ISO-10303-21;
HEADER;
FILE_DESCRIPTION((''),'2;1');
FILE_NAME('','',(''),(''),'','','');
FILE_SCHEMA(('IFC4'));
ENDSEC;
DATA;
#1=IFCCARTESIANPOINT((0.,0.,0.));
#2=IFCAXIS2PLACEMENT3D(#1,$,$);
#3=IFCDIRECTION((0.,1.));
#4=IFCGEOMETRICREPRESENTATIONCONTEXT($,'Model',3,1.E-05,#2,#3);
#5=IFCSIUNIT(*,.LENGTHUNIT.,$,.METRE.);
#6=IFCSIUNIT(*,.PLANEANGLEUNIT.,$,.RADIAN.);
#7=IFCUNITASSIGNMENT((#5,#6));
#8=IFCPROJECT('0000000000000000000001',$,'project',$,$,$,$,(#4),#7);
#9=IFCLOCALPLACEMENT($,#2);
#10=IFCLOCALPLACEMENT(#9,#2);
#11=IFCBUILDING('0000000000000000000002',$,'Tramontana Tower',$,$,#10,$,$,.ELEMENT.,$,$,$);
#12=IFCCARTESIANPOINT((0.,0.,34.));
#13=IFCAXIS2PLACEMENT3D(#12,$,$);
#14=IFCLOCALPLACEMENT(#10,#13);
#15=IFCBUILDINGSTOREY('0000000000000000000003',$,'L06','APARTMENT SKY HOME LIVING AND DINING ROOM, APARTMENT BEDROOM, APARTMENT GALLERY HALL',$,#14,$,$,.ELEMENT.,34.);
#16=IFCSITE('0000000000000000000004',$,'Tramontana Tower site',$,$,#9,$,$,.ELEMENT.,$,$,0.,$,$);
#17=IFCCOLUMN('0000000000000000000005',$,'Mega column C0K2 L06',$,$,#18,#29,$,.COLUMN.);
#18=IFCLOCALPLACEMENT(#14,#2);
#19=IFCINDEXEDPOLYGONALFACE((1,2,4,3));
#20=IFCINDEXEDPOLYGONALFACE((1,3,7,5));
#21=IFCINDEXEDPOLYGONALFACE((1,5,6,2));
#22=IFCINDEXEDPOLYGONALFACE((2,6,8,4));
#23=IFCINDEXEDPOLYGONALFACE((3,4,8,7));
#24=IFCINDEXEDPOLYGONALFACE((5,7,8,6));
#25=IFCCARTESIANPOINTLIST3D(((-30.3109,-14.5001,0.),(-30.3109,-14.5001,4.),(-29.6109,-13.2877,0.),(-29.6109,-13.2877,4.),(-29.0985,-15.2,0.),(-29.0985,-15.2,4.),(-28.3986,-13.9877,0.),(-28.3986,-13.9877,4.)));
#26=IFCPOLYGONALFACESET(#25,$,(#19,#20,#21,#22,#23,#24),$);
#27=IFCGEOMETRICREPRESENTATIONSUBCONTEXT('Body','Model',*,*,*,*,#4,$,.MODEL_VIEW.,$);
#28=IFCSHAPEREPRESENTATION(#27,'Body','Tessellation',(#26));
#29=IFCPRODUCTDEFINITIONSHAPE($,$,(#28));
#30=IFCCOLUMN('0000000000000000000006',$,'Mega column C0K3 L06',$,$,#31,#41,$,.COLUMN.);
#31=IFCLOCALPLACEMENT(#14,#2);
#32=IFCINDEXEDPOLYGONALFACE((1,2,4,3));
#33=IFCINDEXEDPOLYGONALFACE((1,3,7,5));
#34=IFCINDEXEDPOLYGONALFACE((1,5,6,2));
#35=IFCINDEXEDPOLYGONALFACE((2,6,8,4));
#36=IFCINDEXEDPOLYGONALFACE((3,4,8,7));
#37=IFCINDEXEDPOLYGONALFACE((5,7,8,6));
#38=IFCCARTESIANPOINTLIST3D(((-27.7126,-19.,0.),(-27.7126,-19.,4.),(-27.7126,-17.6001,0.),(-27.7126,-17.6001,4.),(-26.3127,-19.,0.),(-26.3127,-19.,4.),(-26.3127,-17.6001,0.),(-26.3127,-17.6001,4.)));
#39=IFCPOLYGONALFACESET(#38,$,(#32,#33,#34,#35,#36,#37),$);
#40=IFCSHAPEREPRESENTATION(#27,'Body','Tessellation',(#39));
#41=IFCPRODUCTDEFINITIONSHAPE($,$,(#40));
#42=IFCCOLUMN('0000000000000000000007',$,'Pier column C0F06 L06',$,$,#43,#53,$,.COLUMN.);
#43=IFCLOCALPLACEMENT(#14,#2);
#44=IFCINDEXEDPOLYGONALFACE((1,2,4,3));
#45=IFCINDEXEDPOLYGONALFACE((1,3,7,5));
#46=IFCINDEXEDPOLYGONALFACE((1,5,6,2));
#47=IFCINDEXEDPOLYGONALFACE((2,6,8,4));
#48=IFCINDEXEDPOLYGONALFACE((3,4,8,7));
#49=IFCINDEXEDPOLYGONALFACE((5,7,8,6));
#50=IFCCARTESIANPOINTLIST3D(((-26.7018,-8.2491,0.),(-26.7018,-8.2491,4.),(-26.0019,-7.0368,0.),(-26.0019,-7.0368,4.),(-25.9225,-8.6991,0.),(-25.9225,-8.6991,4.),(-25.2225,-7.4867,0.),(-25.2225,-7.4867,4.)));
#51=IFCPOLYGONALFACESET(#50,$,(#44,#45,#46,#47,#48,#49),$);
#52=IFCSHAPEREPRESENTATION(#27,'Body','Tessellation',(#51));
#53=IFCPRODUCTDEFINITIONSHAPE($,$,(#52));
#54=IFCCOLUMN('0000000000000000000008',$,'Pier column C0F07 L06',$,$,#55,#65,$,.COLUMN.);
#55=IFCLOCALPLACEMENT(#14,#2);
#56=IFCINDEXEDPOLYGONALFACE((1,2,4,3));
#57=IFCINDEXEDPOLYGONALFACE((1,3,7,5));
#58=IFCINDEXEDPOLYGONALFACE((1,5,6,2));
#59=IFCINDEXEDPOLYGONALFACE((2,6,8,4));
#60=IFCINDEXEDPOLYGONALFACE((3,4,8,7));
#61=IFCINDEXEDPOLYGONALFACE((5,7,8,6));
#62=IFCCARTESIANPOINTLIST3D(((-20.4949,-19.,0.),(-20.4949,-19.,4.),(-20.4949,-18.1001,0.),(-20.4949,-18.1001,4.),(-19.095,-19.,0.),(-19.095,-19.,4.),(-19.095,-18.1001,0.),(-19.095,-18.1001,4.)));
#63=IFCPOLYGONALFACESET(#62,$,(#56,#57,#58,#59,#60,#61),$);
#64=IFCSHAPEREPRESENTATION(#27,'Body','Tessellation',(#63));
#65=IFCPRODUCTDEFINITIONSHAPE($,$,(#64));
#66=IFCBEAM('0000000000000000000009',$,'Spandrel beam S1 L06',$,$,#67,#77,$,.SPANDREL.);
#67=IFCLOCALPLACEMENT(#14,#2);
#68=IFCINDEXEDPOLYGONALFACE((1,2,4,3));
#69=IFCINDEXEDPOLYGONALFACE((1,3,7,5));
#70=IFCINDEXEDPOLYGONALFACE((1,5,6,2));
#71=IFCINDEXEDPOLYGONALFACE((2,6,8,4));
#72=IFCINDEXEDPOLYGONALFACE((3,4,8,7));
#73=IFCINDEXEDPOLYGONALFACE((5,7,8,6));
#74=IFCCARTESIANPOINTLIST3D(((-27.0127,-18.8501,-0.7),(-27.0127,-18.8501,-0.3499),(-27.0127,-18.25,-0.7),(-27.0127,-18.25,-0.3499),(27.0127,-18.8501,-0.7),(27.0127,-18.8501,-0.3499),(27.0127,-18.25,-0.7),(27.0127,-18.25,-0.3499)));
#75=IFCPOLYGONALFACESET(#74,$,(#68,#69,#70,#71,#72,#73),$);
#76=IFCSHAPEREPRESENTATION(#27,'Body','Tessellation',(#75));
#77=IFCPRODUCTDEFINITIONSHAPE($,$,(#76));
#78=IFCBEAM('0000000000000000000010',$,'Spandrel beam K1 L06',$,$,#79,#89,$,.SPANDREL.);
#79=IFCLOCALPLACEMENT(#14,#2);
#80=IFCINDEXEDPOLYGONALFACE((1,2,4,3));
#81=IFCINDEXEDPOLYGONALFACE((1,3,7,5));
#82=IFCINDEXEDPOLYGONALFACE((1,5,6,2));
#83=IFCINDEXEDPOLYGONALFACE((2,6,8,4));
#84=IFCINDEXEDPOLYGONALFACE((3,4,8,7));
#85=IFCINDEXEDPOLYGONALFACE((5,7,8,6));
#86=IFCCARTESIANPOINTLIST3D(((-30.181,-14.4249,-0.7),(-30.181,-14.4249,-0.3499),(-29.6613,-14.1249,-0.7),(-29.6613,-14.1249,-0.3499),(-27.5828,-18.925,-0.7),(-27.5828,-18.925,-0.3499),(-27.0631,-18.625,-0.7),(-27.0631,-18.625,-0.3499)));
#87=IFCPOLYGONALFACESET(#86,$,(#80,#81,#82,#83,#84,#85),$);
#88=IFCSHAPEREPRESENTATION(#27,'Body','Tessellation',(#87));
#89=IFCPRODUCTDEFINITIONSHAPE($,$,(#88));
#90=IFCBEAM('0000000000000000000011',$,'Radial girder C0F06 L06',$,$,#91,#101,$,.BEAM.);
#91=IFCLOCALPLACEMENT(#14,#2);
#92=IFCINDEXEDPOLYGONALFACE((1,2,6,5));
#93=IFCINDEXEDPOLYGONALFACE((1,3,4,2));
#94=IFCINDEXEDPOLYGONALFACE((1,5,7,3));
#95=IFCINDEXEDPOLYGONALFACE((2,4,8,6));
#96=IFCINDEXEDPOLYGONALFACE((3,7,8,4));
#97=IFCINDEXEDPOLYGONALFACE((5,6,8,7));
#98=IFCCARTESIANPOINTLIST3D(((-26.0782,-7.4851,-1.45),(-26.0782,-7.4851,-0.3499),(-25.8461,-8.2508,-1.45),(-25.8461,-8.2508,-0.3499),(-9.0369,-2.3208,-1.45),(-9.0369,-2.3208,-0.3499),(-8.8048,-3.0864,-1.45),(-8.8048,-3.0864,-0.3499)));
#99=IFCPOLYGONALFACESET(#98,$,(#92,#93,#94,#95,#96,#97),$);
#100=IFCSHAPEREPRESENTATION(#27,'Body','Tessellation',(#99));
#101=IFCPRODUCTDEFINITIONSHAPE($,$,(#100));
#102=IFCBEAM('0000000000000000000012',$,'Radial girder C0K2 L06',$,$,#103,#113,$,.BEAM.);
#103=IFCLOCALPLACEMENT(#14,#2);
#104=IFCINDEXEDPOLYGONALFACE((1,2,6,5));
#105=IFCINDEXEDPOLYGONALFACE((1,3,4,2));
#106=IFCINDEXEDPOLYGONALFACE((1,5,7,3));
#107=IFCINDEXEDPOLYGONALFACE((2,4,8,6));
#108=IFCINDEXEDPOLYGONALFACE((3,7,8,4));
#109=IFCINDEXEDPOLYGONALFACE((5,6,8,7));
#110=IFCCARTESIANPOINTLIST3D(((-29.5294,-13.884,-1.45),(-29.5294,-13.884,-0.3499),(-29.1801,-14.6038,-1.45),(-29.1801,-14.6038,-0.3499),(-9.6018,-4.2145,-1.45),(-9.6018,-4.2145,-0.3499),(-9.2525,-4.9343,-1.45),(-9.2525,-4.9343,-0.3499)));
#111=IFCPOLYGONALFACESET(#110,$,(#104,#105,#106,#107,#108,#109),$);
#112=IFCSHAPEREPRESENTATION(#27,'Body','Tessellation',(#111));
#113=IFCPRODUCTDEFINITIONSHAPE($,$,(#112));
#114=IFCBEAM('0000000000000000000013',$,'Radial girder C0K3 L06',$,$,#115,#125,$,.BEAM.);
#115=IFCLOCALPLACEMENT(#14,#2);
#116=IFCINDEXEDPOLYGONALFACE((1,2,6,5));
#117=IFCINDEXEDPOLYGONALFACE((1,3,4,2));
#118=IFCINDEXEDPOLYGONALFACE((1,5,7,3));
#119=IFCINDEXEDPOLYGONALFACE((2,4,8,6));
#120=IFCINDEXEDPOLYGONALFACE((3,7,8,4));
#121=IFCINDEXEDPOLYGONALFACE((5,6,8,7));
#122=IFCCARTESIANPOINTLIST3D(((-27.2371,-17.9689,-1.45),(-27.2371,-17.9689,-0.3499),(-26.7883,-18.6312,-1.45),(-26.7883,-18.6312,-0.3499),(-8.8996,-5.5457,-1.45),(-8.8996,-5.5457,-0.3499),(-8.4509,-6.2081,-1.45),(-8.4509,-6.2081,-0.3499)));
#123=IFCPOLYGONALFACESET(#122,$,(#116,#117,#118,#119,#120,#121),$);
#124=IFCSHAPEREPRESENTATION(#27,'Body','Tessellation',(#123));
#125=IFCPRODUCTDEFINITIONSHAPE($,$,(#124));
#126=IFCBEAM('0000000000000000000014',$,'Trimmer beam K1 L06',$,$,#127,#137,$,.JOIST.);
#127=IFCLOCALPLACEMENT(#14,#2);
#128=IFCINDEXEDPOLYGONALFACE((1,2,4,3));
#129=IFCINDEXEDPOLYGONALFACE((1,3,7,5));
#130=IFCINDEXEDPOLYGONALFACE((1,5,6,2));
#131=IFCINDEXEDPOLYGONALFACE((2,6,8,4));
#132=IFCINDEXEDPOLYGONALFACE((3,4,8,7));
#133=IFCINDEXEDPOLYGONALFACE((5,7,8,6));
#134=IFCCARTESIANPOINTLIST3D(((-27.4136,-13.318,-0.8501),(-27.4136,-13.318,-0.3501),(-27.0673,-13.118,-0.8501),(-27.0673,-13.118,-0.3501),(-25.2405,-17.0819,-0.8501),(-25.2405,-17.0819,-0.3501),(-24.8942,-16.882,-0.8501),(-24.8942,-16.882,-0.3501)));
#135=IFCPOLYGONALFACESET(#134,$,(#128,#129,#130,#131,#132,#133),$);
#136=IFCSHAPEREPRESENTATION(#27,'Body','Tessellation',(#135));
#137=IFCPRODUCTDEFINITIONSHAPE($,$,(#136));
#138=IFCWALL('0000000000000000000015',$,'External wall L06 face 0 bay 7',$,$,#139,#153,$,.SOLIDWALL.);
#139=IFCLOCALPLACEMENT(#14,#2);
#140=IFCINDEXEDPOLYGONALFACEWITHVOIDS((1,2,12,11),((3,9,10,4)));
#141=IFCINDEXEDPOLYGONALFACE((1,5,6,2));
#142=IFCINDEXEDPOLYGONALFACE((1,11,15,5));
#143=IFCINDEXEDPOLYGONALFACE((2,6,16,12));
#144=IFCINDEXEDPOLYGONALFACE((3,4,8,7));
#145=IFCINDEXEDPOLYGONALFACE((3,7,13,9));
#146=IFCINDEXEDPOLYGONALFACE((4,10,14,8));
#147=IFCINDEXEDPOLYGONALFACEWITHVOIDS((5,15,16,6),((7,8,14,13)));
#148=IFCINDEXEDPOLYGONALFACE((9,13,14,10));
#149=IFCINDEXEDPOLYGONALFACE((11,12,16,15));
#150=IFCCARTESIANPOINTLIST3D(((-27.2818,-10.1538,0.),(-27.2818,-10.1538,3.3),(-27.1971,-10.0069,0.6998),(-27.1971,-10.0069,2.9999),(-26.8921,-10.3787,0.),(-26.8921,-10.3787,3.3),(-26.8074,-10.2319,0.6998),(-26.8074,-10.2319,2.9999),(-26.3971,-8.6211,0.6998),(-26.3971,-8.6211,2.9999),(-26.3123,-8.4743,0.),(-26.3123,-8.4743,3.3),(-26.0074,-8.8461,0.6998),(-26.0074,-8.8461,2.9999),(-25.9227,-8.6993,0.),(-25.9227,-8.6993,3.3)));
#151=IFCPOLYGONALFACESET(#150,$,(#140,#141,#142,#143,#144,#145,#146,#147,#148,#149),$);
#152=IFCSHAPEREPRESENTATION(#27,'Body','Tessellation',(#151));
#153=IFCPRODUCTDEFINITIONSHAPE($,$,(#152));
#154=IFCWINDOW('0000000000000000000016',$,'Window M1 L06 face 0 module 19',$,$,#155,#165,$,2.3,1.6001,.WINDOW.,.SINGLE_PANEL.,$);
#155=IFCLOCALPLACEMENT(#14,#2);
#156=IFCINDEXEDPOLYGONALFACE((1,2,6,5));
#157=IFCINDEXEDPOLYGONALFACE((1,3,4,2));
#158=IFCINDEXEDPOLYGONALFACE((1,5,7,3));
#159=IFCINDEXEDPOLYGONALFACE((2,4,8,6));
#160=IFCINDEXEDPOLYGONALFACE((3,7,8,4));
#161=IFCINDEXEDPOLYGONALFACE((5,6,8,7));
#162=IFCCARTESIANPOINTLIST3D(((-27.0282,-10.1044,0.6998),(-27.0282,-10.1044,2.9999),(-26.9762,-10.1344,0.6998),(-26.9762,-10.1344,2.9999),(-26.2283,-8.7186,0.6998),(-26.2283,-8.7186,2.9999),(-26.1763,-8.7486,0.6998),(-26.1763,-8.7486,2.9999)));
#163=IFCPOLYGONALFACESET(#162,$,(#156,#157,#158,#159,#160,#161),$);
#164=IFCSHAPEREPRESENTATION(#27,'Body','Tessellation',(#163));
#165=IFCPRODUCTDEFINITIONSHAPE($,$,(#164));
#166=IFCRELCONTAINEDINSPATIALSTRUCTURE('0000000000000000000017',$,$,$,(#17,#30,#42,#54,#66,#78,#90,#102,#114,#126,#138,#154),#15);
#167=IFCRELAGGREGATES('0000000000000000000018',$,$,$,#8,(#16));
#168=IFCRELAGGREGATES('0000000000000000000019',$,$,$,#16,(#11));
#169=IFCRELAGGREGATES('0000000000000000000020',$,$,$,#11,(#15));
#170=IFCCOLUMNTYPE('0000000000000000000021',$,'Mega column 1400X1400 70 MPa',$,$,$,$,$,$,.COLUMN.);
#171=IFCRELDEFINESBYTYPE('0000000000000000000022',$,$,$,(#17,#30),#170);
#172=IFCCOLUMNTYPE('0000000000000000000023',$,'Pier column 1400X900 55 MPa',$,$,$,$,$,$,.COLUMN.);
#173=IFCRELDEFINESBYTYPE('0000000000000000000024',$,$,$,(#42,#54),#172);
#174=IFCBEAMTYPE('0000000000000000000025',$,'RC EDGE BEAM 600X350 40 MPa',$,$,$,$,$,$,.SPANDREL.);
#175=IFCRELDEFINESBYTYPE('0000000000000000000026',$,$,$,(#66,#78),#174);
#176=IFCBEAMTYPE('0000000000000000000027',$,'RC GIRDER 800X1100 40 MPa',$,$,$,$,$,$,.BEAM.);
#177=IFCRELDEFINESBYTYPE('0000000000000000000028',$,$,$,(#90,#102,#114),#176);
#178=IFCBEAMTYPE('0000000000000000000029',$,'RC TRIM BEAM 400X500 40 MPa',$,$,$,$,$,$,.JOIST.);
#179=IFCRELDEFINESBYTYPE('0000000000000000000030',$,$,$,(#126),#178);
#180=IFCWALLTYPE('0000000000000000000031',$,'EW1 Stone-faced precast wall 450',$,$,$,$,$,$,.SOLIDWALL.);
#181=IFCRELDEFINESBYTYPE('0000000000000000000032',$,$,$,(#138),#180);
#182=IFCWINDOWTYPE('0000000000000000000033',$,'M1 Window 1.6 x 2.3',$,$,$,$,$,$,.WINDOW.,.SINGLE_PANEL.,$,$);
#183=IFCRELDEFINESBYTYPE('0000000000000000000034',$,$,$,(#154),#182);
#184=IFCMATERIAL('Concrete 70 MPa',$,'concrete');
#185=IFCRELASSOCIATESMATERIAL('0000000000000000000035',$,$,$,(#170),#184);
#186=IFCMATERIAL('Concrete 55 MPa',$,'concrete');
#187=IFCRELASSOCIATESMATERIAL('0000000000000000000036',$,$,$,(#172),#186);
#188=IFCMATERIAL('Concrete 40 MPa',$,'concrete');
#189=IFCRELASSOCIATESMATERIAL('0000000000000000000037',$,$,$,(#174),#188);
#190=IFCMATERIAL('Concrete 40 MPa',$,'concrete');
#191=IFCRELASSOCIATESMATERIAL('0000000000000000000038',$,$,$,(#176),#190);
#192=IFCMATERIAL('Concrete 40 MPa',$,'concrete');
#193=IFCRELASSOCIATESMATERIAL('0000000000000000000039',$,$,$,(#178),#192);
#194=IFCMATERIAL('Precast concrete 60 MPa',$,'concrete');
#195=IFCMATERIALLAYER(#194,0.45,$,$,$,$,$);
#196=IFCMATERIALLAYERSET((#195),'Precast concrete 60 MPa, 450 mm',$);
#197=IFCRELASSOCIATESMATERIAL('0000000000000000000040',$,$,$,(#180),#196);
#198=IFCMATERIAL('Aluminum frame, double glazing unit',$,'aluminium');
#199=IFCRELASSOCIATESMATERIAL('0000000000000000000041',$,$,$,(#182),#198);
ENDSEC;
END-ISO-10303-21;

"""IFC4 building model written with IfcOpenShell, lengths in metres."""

from ifc_helpers import new_model, si_unit, direction, frame, frame_2d, origin, origin_2d, place, context, subcontext, project, spatial, rectangle, extrude, material, layer, layer_set, material_profile, profile_set, type_object, element, fill, save


model = new_model("IFC4")

# Units and contexts
model_context = context("Model", 3, precision=1e-05, world=origin(), true_north=direction((0.0, 1.0)))
body_context = subcontext(model_context, "Body", "Model", "MODEL_VIEW")
ifc_project = project(units=[si_unit("LENGTHUNIT", "METRE"), si_unit("PLANEANGLEUNIT", "RADIAN")], contexts=[model_context])

# Site, building, storey
site_placement = place(None, origin())
site = spatial("IfcSite", under=ifc_project, at=site_placement, Name="Tramontana Tower site", CompositionType="ELEMENT", RefElevation=0.0)
building_placement = place(site_placement, origin())
building = spatial("IfcBuilding", under=site, at=building_placement, Name="Tramontana Tower", CompositionType="ELEMENT")
storey_placement = place(building_placement, frame((0.0, 0.0, 34.0)))
storey = spatial("IfcBuildingStorey", under=building, at=storey_placement, Name="L06", Description="APARTMENT SKY HOME LIVING AND DINING ROOM, APARTMENT BEDROOM, APARTMENT GALLERY HALL", CompositionType="ELEMENT", Elevation=34.0)

# Columns
ifc_material_1 = material(Name="Concrete 70 MPa", Category="concrete")
ifc_material_profile_1 = material_profile(ifc_material_1, rectangle(XDim=1.3999, YDim=1.3999, at=origin_2d()), Name="Mega column 1400X1400 70 MPa")
ifc_profile_set_1 = profile_set([ifc_material_profile_1], Name="Concrete 70 MPa")
column_type_1 = type_object("IfcColumnType", Name="Mega column 1400X1400 70 MPa", PredefinedType="COLUMN", material=ifc_profile_set_1)
for number, where, z_axis, x_axis, name in (
    (1, (-29.3547, -14.2439, 0.0), (0.0, 0.0, 1.0), (-0.5, -0.866025, 0.0), "Mega column C0K2 L06"),
    (2, (-27.0127, -18.3, 0.0), (0.0, 0.0, 1.0), (1.0, 0.0, 0.0), "Mega column C0K3 L06"),
):
    element("IfcColumn", number, at=place(storey_placement, frame(where, z_axis=z_axis, x_axis=x_axis)), inside=storey, type_object=column_type_1, Name=name, PredefinedType="COLUMN", context=body_context, shape_type="SweptSolid", body=[
        extrude(rectangle(XDim=1.3999, YDim=1.3999, at=origin_2d()), origin(), (0.0, 0.0, 1.0), 4.0),
    ])
ifc_material_2 = material(Name="Concrete 55 MPa", Category="concrete")
ifc_material_profile_2 = material_profile(ifc_material_2, rectangle(XDim=1.3999, YDim=0.8999, at=origin_2d()), Name="Pier column 1400X900 55 MPa")
ifc_profile_set_2 = profile_set([ifc_material_profile_2], Name="Concrete 55 MPa")
column_type_2 = type_object("IfcColumnType", Name="Pier column 1400X900 55 MPa", PredefinedType="COLUMN", material=ifc_profile_set_2)
for number, where, z_axis, x_axis, name in (
    (3, (-25.9622, -7.8679, 0.0), (0.0, 0.0, 1.0), (-0.5, -0.866025, 0.0), "Pier column C0F06 L06"),
    (4, (-19.7949, -18.55, 0.0), (0.0, 0.0, 1.0), (1.0, 0.0, 0.0), "Pier column C0F07 L06"),
):
    element("IfcColumn", number, at=place(storey_placement, frame(where, z_axis=z_axis, x_axis=x_axis)), inside=storey, type_object=column_type_2, Name=name, PredefinedType="COLUMN", context=body_context, shape_type="SweptSolid", body=[
        extrude(rectangle(XDim=1.3999, YDim=0.8999, at=origin_2d()), origin(), (0.0, 0.0, 1.0), 4.0),
    ])

# Beams
ifc_material_3 = material(Name="Concrete 40 MPa", Category="concrete")
ifc_material_profile_3 = material_profile(ifc_material_3, rectangle(XDim=0.6001, YDim=0.3501, at=origin_2d()), Name="RC EDGE BEAM 600X350 40 MPa")
ifc_profile_set_3 = profile_set([ifc_material_profile_3], Name="Concrete 40 MPa")
beam_type_1 = type_object("IfcBeamType", Name="RC EDGE BEAM 600X350 40 MPa", PredefinedType="SPANDREL", material=ifc_profile_set_3)
beam_1_placement = place(storey_placement, frame((-27.0127, -18.55, -0.5249), z_axis=(1.0, 0.0, 0.0), x_axis=(0.0, 1.0, 0.0)))
element("IfcBeam", 5, at=beam_1_placement, inside=storey, type_object=beam_type_1, Name="Spandrel beam S1 L06", PredefinedType="SPANDREL", context=body_context, shape_type="SweptSolid", body=[
    extrude(rectangle(XDim=0.6001, YDim=0.3501, at=origin_2d()), origin(), (0.0, 0.0, 1.0), 54.0254),
])
beam_2_placement = place(storey_placement, frame((-29.9211, -14.2749, -0.5249), z_axis=(0.50001, -0.86602, 0.0), x_axis=(0.86602, 0.50001, 0.0)))
element("IfcBeam", 6, at=beam_2_placement, inside=storey, type_object=beam_type_1, Name="Spandrel beam K1 L06", PredefinedType="SPANDREL", context=body_context, shape_type="SweptSolid", body=[
    extrude(rectangle(XDim=0.6001, YDim=0.3501, at=origin_2d()), origin(), (0.0, 0.0, 1.0), 5.1963),
])
ifc_material_4 = material(Name="Concrete 40 MPa", Category="concrete")
ifc_material_profile_4 = material_profile(ifc_material_4, rectangle(XDim=0.8, YDim=1.1001, at=origin_2d()), Name="RC GIRDER 800X1100 40 MPa")
ifc_profile_set_4 = profile_set([ifc_material_profile_4], Name="Concrete 40 MPa")
beam_type_2 = type_object("IfcBeamType", Name="RC GIRDER 800X1100 40 MPa", PredefinedType="BEAM", material=ifc_profile_set_4)
beam_3_placement = place(storey_placement, frame((-25.9622, -7.8679, -0.8999), z_axis=(0.95702, 0.290022, 0.0), x_axis=(-0.290022, 0.95702, 0.0)))
element("IfcBeam", 7, at=beam_3_placement, inside=storey, type_object=beam_type_2, Name="Radial girder C0F06 L06", PredefinedType="BEAM", context=body_context, shape_type="SweptSolid", body=[
    extrude(rectangle(XDim=0.8, YDim=1.1001, at=origin_2d()), origin(), (0.0, 0.0, 1.0), 17.8066),
])
beam_4_placement = place(storey_placement, frame((-29.3547, -14.2439, -0.8999), z_axis=(0.899679, 0.436552, 0.0), x_axis=(-0.436552, 0.899679, 0.0)))
element("IfcBeam", 8, at=beam_4_placement, inside=storey, type_object=beam_type_2, Name="Radial girder C0K2 L06", PredefinedType="BEAM", context=body_context, shape_type="SweptSolid", body=[
    extrude(rectangle(XDim=0.8, YDim=1.1001, at=origin_2d()), origin(), (0.0, 0.0, 1.0), 22.1497),
])
beam_5_placement = place(storey_placement, frame((-27.0127, -18.3, -0.8999), z_axis=(0.827898, 0.560879, 0.0), x_axis=(-0.560879, 0.827898, 0.0)))
element("IfcBeam", 9, at=beam_5_placement, inside=storey, type_object=beam_type_2, Name="Radial girder C0K3 L06", PredefinedType="BEAM", context=body_context, shape_type="SweptSolid", body=[
    extrude(rectangle(XDim=0.8, YDim=1.1001, at=origin_2d()), origin(), (0.0, 0.0, 1.0), 22.1494),
])
ifc_material_5 = material(Name="Concrete 40 MPa", Category="concrete")
ifc_material_profile_5 = material_profile(ifc_material_5, rectangle(XDim=0.3999, YDim=0.5, at=origin_2d()), Name="RC TRIM BEAM 400X500 40 MPa")
ifc_profile_set_5 = profile_set([ifc_material_profile_5], Name="Concrete 40 MPa")
beam_type_3 = type_object("IfcBeamType", Name="RC TRIM BEAM 400X500 40 MPa", PredefinedType="JOIST", material=ifc_profile_set_5)
beam_6_placement = place(storey_placement, frame((-27.2405, -13.218, -0.6001), z_axis=(0.5, -0.866026, 0.0), x_axis=(0.866026, 0.5, 0.0)))
element("IfcBeam", 10, at=beam_6_placement, inside=storey, type_object=beam_type_3, Name="Trimmer beam K1 L06", PredefinedType="JOIST", context=body_context, shape_type="SweptSolid", body=[
    extrude(rectangle(XDim=0.3999, YDim=0.5, at=origin_2d()), origin(), (0.0, 0.0, 1.0), 4.3462),
])

# Wall, opening, window
ifc_material_6 = material(Name="Precast concrete 60 MPa", Category="concrete")
ifc_layer_1 = layer(ifc_material_6, 0.45)
ifc_layer_set_1 = layer_set([ifc_layer_1], Name="Precast concrete 60 MPa, 450 mm")
wall_type_1 = type_object("IfcWallType", Name="EW1 Stone-faced precast wall 450", PredefinedType="SOLIDWALL", material=ifc_layer_set_1)
wall_1_placement = place(storey_placement, frame((-26.1174, -8.5867, 0.0), z_axis=(0.0, 0.0, 1.0), x_axis=(-0.499944, -0.866058, 0.0)))
wall_1 = element("IfcWall", 11, at=wall_1_placement, inside=storey, type_object=wall_type_1, Name="External wall L06 face 0 bay 7", PredefinedType="SOLIDWALL", context=body_context, shape_type="SweptSolid", body=[
    extrude(rectangle(XDim=1.9392, YDim=0.45, at=frame_2d((0.9697, 0.0))), origin(), (0.0, 0.0, 1.0), 3.3),
])
opening_1_placement = place(wall_1_placement, frame((0.1697, 0.0, 0.7)))
opening_1 = element("IfcOpeningElement", 12, at=opening_1_placement, cuts=wall_1, PredefinedType="OPENING", context=body_context, shape_type="SweptSolid", body=[
    extrude(rectangle(XDim=1.6001, YDim=2.3, at=frame_2d((0.8, 1.1499))), frame((0.0, 0.2349, 0.0), z_axis=(0.0, -1.0, 0.0), x_axis=(1.0, 0.0, 0.0)), (0.0, 0.0, 1.0), 0.47),
])
ifc_material_7 = material(Name="Aluminum frame, double glazing unit", Category="aluminium")
window_type_1 = type_object("IfcWindowType", Name="M1 Window 1.6 x 2.3", PartitioningType="SINGLE_PANEL", PredefinedType="WINDOW", material=ifc_material_7)
window_1_placement = place(opening_1_placement, origin())
window_1 = element("IfcWindow", 13, at=window_1_placement, inside=storey, type_object=window_type_1, Name="Window M1 L06 face 0 module 19", OverallHeight=2.3, OverallWidth=1.6001, PartitioningType="SINGLE_PANEL", PredefinedType="WINDOW", context=body_context, shape_type="SweptSolid", body=[
    extrude(rectangle(XDim=1.6001, YDim=2.3, at=frame_2d((0.8, 1.1499))), frame((0.0, 0.03, 0.0), z_axis=(0.0, -1.0, 0.0), x_axis=(1.0, 0.0, 0.0)), (0.0, 0.0, 1.0), 0.0601),
])
fill(opening_1, window_1)

save(model, "model.ifc")
